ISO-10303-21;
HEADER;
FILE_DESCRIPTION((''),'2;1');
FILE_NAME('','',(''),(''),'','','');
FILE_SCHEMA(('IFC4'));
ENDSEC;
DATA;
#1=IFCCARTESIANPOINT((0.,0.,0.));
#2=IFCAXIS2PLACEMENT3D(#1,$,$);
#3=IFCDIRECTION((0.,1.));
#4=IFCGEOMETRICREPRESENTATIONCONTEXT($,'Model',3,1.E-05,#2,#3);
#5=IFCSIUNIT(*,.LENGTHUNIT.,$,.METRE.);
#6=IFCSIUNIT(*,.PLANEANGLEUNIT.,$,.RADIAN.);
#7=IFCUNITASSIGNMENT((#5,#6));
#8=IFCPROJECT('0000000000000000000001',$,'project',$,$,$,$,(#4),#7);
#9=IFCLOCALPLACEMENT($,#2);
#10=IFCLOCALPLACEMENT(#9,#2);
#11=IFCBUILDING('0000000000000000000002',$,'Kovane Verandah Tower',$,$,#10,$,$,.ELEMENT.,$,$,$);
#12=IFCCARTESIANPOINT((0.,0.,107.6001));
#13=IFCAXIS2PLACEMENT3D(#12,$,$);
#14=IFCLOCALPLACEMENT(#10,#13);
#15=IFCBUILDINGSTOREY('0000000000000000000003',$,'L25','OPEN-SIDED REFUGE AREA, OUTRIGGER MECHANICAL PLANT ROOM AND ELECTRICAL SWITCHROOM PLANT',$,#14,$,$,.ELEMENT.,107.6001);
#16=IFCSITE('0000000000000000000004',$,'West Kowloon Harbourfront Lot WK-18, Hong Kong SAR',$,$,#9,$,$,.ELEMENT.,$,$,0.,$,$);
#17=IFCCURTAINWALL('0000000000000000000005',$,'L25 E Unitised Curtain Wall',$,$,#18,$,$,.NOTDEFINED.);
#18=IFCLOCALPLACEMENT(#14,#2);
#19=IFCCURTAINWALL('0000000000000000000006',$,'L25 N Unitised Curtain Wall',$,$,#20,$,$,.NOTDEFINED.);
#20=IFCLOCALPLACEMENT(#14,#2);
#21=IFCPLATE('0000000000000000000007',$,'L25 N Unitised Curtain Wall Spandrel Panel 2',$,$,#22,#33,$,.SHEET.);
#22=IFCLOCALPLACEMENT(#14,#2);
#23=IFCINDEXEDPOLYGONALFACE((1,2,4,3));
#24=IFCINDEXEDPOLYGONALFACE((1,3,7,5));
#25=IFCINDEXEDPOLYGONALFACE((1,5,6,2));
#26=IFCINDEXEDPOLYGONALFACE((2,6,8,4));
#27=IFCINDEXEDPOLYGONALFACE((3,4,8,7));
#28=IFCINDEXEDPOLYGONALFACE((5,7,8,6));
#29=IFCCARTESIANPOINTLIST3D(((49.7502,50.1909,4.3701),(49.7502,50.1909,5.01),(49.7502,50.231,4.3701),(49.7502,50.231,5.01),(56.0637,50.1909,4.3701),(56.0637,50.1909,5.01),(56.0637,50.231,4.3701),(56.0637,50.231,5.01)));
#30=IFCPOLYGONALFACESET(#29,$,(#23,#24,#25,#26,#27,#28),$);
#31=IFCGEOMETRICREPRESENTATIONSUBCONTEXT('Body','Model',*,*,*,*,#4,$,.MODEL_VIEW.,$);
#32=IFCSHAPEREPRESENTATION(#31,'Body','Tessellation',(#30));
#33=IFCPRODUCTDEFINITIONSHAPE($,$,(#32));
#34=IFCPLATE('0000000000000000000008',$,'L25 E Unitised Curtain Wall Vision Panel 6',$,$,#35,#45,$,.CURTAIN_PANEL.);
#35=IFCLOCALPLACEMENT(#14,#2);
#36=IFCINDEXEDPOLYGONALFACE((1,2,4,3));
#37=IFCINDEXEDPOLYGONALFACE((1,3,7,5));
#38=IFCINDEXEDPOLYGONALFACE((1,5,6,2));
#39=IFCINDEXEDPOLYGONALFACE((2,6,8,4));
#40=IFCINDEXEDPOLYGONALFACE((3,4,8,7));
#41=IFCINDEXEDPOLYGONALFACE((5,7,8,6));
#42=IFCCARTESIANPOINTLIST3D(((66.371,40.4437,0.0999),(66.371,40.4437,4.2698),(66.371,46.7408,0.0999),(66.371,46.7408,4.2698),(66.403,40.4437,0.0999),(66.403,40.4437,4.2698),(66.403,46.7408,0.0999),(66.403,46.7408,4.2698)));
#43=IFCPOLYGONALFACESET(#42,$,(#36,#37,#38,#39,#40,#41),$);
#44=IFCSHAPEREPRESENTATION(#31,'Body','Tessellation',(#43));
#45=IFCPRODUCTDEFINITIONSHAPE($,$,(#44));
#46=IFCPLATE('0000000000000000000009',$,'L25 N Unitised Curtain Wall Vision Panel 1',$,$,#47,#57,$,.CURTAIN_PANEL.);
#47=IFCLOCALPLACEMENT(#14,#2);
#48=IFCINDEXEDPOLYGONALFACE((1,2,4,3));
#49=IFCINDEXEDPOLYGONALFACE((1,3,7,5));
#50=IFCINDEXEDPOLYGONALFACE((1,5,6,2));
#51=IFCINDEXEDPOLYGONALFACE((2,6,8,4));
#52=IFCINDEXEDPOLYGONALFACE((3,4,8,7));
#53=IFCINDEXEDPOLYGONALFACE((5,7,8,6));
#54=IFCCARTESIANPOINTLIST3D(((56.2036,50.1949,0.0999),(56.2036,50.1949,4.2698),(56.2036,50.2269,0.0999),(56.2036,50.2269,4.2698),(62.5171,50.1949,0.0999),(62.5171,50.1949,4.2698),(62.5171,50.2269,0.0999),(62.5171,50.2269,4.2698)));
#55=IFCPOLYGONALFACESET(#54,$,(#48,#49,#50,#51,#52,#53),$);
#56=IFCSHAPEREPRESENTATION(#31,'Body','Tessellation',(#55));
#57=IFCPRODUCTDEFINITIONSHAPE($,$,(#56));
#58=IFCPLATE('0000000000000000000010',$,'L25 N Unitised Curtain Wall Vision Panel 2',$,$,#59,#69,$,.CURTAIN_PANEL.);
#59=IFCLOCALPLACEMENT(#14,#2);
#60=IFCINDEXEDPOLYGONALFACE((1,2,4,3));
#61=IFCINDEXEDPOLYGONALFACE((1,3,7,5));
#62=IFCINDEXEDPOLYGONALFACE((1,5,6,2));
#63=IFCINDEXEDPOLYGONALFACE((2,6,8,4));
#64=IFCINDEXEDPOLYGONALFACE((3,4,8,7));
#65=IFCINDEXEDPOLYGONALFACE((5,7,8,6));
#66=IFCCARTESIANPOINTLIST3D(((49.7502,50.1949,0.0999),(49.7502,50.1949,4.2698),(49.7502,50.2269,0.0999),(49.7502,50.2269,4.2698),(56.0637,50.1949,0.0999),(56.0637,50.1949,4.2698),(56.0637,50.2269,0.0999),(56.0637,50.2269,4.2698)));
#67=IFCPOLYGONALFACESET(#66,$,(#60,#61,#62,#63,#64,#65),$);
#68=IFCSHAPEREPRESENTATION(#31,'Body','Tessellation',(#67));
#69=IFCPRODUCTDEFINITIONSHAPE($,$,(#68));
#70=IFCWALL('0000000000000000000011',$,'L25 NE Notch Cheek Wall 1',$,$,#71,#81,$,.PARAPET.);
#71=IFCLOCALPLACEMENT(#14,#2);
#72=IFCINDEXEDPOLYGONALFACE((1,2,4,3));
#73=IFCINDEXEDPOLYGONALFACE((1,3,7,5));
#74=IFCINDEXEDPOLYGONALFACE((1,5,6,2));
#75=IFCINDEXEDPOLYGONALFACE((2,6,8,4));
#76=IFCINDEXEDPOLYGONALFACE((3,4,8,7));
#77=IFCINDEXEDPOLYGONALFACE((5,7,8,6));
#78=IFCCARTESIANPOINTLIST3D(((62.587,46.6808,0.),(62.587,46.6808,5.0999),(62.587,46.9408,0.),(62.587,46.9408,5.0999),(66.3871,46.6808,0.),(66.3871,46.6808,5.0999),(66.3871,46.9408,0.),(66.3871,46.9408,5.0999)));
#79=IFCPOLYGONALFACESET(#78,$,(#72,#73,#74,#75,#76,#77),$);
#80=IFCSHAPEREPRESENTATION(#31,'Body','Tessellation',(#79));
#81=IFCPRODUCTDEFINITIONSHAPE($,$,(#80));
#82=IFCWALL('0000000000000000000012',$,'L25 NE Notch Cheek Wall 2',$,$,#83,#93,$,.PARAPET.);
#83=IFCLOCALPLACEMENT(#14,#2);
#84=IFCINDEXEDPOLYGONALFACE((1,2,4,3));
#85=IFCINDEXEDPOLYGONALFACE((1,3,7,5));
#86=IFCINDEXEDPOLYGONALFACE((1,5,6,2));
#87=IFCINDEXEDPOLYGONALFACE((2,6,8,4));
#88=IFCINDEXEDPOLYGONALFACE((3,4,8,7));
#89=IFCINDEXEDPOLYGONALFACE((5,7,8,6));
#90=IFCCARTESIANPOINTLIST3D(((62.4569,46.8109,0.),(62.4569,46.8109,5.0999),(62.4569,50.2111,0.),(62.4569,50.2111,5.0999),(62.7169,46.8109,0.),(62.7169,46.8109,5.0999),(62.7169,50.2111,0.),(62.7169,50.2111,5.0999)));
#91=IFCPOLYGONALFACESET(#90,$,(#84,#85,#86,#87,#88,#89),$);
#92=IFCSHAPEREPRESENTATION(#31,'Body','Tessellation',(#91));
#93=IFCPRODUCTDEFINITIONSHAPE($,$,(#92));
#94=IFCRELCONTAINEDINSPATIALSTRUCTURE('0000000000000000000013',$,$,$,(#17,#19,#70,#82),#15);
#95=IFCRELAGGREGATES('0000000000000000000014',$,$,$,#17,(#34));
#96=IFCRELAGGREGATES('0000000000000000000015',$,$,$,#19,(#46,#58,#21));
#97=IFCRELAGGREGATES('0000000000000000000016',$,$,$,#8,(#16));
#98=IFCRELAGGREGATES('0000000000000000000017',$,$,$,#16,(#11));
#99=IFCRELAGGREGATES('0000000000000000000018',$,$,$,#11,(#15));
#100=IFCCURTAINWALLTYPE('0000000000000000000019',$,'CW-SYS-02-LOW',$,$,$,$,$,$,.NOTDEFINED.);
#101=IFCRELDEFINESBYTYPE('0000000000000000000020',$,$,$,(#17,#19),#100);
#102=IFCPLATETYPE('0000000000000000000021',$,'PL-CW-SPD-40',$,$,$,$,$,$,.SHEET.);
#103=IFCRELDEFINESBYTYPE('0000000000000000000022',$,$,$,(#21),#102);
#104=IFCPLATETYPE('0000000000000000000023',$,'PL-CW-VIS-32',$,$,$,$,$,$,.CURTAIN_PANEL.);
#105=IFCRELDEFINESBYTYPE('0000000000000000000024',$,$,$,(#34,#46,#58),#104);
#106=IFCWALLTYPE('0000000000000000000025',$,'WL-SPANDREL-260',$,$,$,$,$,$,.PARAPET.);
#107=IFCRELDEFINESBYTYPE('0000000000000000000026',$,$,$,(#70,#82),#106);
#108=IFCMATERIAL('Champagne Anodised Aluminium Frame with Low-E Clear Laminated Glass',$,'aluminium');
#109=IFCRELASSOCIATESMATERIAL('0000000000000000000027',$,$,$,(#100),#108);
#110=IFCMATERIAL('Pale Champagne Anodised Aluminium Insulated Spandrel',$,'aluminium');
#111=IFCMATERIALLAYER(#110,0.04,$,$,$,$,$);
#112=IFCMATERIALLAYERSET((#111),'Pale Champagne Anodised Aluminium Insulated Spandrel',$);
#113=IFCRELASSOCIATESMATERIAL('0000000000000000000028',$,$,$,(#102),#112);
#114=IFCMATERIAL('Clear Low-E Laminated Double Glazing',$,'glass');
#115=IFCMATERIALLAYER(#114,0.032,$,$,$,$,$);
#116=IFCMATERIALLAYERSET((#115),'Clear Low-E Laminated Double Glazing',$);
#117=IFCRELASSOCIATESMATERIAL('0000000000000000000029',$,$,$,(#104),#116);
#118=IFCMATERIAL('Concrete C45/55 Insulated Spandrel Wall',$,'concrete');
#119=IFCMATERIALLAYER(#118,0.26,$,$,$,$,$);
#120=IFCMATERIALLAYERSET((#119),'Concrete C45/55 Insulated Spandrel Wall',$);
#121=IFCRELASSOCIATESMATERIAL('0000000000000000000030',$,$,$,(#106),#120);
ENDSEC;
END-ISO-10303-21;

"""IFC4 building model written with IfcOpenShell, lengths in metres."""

from ifc_helpers import new_model, si_unit, direction, frame, frame_2d, origin, origin_2d, place, context, subcontext, project, spatial, rectangle, extrude, material, layer, layer_set, type_object, element, aggregate, save


model = new_model("IFC4")

# Units and contexts
model_context = context("Model", 3, precision=1e-05, world=origin(), true_north=direction((0.0, 1.0)))
body_context = subcontext(model_context, "Body", "Model", "MODEL_VIEW")
ifc_project = project(units=[si_unit("LENGTHUNIT", "METRE"), si_unit("PLANEANGLEUNIT", "RADIAN")], contexts=[model_context])

# Site, building, storey
site_placement = place(None, origin())
site = spatial("IfcSite", under=ifc_project, at=site_placement, Name="West Kowloon Harbourfront Lot WK-18, Hong Kong SAR", CompositionType="ELEMENT", RefElevation=0.0)
building_placement = place(site_placement, origin())
building = spatial("IfcBuilding", under=site, at=building_placement, Name="Kovane Verandah Tower", CompositionType="ELEMENT")
storey_placement = place(building_placement, frame((0.0, 0.0, 107.6001)))
storey = spatial("IfcBuildingStorey", under=building, at=storey_placement, Name="L25", Description="OPEN-SIDED REFUGE AREA, OUTRIGGER MECHANICAL PLANT ROOM AND ELECTRICAL SWITCHROOM PLANT", CompositionType="ELEMENT", Elevation=107.6001)

# Curtain wall
ifc_material_1 = material(Name="Champagne Anodised Aluminium Frame with Low-E Clear Laminated Glass", Category="aluminium")
curtain_wall_type = type_object("IfcCurtainWallType", Name="CW-SYS-02-LOW", PredefinedType="NOTDEFINED", material=ifc_material_1)
curtain_wall_1_placement = place(storey_placement, origin())
curtain_wall_1 = element("IfcCurtainWall", 1, at=curtain_wall_1_placement, inside=storey, type_object=curtain_wall_type, Name="L25 E Unitised Curtain Wall", PredefinedType="NOTDEFINED")

# Curtain wall
curtain_wall_2_placement = place(storey_placement, origin())
curtain_wall_2 = element("IfcCurtainWall", 2, at=curtain_wall_2_placement, inside=storey, type_object=curtain_wall_type, Name="L25 N Unitised Curtain Wall", PredefinedType="NOTDEFINED")

# Plates
ifc_material_2 = material(Name="Pale Champagne Anodised Aluminium Insulated Spandrel", Category="aluminium")
ifc_layer_1 = layer(ifc_material_2, 0.04)
ifc_layer_set_1 = layer_set([ifc_layer_1], Name="Pale Champagne Anodised Aluminium Insulated Spandrel")
plate_type_1 = type_object("IfcPlateType", Name="PL-CW-SPD-40", PredefinedType="SHEET", material=ifc_layer_set_1)
plate_1_placement = place(storey_placement, frame((52.907, 50.2109, 4.3701), z_axis=(0.0, 0.0, 1.0), x_axis=(-1.0, 0.0, 0.0)))
plate_1 = element("IfcPlate", 3, at=plate_1_placement, type_object=plate_type_1, Name="L25 N Unitised Curtain Wall Spandrel Panel 2", PredefinedType="SHEET", context=body_context, shape_type="SweptSolid", body=[
    extrude(rectangle(XDim=6.3135, YDim=0.04, at=origin_2d()), origin(), (0.0, 0.0, 1.0), 0.6399),
])
ifc_material_3 = material(Name="Clear Low-E Laminated Double Glazing", Category="glass")
ifc_layer_2 = layer(ifc_material_3, 0.032)
ifc_layer_set_2 = layer_set([ifc_layer_2], Name="Clear Low-E Laminated Double Glazing")
plate_type_2 = type_object("IfcPlateType", Name="PL-CW-VIS-32", PredefinedType="CURTAIN_PANEL", material=ifc_layer_set_2)
plate_2_placement = place(storey_placement, frame((66.387, 43.5923, 0.0999), z_axis=(0.0, 0.0, 1.0), x_axis=(0.0, 1.0, 0.0)))
plate_2 = element("IfcPlate", 4, at=plate_2_placement, type_object=plate_type_2, Name="L25 E Unitised Curtain Wall Vision Panel 6", PredefinedType="CURTAIN_PANEL", context=body_context, shape_type="SweptSolid", body=[
    extrude(rectangle(XDim=6.2971, YDim=0.032, at=origin_2d()), origin(), (0.0, 0.0, 1.0), 4.1699),
])
aggregate(curtain_wall_1, [plate_2])
plate_3_placement = place(storey_placement, frame((59.3604, 50.2109, 0.0999), z_axis=(0.0, 0.0, 1.0), x_axis=(-1.0, 0.0, 0.0)))
plate_3 = element("IfcPlate", 5, at=plate_3_placement, type_object=plate_type_2, Name="L25 N Unitised Curtain Wall Vision Panel 1", PredefinedType="CURTAIN_PANEL", context=body_context, shape_type="SweptSolid", body=[
    extrude(rectangle(XDim=6.3135, YDim=0.032, at=origin_2d()), origin(), (0.0, 0.0, 1.0), 4.1699),
])
plate_4_placement = place(storey_placement, frame((52.907, 50.2109, 0.0999), z_axis=(0.0, 0.0, 1.0), x_axis=(-1.0, 0.0, 0.0)))
plate_4 = element("IfcPlate", 6, at=plate_4_placement, type_object=plate_type_2, Name="L25 N Unitised Curtain Wall Vision Panel 2", PredefinedType="CURTAIN_PANEL", context=body_context, shape_type="SweptSolid", body=[
    extrude(rectangle(XDim=6.3135, YDim=0.032, at=origin_2d()), origin(), (0.0, 0.0, 1.0), 4.1699),
])
aggregate(curtain_wall_2, [plate_3, plate_4, plate_1])

# Walls
ifc_material_4 = material(Name="Concrete C45/55 Insulated Spandrel Wall", Category="concrete")
ifc_layer_3 = layer(ifc_material_4, 0.26)
ifc_layer_set_3 = layer_set([ifc_layer_3], Name="Concrete C45/55 Insulated Spandrel Wall")
wall_type = type_object("IfcWallType", Name="WL-SPANDREL-260", PredefinedType="PARAPET", material=ifc_layer_set_3)
wall_1_placement = place(storey_placement, frame((66.387, 46.8108, 0.0), z_axis=(0.0, 0.0, 1.0), x_axis=(-1.0, 0.0, 0.0)))
element("IfcWall", 7, at=wall_1_placement, inside=storey, type_object=wall_type, Name="L25 NE Notch Cheek Wall 1", PredefinedType="PARAPET", context=body_context, shape_type="SweptSolid", body=[
    extrude(rectangle(XDim=3.8, YDim=0.26, at=frame_2d((1.8999, 0.0))), origin(), (0.0, 0.0, 1.0), 5.0999),
])
wall_2_placement = place(storey_placement, frame((62.5869, 46.8108, 0.0), z_axis=(0.0, 0.0, 1.0), x_axis=(0.0, 1.0, 0.0)))
element("IfcWall", 8, at=wall_2_placement, inside=storey, type_object=wall_type, Name="L25 NE Notch Cheek Wall 2", PredefinedType="PARAPET", context=body_context, shape_type="SweptSolid", body=[
    extrude(rectangle(XDim=3.4001, YDim=0.26, at=frame_2d((1.7002, 0.0))), origin(), (0.0, 0.0, 1.0), 5.0999),
])

save(model, "model.ifc")
